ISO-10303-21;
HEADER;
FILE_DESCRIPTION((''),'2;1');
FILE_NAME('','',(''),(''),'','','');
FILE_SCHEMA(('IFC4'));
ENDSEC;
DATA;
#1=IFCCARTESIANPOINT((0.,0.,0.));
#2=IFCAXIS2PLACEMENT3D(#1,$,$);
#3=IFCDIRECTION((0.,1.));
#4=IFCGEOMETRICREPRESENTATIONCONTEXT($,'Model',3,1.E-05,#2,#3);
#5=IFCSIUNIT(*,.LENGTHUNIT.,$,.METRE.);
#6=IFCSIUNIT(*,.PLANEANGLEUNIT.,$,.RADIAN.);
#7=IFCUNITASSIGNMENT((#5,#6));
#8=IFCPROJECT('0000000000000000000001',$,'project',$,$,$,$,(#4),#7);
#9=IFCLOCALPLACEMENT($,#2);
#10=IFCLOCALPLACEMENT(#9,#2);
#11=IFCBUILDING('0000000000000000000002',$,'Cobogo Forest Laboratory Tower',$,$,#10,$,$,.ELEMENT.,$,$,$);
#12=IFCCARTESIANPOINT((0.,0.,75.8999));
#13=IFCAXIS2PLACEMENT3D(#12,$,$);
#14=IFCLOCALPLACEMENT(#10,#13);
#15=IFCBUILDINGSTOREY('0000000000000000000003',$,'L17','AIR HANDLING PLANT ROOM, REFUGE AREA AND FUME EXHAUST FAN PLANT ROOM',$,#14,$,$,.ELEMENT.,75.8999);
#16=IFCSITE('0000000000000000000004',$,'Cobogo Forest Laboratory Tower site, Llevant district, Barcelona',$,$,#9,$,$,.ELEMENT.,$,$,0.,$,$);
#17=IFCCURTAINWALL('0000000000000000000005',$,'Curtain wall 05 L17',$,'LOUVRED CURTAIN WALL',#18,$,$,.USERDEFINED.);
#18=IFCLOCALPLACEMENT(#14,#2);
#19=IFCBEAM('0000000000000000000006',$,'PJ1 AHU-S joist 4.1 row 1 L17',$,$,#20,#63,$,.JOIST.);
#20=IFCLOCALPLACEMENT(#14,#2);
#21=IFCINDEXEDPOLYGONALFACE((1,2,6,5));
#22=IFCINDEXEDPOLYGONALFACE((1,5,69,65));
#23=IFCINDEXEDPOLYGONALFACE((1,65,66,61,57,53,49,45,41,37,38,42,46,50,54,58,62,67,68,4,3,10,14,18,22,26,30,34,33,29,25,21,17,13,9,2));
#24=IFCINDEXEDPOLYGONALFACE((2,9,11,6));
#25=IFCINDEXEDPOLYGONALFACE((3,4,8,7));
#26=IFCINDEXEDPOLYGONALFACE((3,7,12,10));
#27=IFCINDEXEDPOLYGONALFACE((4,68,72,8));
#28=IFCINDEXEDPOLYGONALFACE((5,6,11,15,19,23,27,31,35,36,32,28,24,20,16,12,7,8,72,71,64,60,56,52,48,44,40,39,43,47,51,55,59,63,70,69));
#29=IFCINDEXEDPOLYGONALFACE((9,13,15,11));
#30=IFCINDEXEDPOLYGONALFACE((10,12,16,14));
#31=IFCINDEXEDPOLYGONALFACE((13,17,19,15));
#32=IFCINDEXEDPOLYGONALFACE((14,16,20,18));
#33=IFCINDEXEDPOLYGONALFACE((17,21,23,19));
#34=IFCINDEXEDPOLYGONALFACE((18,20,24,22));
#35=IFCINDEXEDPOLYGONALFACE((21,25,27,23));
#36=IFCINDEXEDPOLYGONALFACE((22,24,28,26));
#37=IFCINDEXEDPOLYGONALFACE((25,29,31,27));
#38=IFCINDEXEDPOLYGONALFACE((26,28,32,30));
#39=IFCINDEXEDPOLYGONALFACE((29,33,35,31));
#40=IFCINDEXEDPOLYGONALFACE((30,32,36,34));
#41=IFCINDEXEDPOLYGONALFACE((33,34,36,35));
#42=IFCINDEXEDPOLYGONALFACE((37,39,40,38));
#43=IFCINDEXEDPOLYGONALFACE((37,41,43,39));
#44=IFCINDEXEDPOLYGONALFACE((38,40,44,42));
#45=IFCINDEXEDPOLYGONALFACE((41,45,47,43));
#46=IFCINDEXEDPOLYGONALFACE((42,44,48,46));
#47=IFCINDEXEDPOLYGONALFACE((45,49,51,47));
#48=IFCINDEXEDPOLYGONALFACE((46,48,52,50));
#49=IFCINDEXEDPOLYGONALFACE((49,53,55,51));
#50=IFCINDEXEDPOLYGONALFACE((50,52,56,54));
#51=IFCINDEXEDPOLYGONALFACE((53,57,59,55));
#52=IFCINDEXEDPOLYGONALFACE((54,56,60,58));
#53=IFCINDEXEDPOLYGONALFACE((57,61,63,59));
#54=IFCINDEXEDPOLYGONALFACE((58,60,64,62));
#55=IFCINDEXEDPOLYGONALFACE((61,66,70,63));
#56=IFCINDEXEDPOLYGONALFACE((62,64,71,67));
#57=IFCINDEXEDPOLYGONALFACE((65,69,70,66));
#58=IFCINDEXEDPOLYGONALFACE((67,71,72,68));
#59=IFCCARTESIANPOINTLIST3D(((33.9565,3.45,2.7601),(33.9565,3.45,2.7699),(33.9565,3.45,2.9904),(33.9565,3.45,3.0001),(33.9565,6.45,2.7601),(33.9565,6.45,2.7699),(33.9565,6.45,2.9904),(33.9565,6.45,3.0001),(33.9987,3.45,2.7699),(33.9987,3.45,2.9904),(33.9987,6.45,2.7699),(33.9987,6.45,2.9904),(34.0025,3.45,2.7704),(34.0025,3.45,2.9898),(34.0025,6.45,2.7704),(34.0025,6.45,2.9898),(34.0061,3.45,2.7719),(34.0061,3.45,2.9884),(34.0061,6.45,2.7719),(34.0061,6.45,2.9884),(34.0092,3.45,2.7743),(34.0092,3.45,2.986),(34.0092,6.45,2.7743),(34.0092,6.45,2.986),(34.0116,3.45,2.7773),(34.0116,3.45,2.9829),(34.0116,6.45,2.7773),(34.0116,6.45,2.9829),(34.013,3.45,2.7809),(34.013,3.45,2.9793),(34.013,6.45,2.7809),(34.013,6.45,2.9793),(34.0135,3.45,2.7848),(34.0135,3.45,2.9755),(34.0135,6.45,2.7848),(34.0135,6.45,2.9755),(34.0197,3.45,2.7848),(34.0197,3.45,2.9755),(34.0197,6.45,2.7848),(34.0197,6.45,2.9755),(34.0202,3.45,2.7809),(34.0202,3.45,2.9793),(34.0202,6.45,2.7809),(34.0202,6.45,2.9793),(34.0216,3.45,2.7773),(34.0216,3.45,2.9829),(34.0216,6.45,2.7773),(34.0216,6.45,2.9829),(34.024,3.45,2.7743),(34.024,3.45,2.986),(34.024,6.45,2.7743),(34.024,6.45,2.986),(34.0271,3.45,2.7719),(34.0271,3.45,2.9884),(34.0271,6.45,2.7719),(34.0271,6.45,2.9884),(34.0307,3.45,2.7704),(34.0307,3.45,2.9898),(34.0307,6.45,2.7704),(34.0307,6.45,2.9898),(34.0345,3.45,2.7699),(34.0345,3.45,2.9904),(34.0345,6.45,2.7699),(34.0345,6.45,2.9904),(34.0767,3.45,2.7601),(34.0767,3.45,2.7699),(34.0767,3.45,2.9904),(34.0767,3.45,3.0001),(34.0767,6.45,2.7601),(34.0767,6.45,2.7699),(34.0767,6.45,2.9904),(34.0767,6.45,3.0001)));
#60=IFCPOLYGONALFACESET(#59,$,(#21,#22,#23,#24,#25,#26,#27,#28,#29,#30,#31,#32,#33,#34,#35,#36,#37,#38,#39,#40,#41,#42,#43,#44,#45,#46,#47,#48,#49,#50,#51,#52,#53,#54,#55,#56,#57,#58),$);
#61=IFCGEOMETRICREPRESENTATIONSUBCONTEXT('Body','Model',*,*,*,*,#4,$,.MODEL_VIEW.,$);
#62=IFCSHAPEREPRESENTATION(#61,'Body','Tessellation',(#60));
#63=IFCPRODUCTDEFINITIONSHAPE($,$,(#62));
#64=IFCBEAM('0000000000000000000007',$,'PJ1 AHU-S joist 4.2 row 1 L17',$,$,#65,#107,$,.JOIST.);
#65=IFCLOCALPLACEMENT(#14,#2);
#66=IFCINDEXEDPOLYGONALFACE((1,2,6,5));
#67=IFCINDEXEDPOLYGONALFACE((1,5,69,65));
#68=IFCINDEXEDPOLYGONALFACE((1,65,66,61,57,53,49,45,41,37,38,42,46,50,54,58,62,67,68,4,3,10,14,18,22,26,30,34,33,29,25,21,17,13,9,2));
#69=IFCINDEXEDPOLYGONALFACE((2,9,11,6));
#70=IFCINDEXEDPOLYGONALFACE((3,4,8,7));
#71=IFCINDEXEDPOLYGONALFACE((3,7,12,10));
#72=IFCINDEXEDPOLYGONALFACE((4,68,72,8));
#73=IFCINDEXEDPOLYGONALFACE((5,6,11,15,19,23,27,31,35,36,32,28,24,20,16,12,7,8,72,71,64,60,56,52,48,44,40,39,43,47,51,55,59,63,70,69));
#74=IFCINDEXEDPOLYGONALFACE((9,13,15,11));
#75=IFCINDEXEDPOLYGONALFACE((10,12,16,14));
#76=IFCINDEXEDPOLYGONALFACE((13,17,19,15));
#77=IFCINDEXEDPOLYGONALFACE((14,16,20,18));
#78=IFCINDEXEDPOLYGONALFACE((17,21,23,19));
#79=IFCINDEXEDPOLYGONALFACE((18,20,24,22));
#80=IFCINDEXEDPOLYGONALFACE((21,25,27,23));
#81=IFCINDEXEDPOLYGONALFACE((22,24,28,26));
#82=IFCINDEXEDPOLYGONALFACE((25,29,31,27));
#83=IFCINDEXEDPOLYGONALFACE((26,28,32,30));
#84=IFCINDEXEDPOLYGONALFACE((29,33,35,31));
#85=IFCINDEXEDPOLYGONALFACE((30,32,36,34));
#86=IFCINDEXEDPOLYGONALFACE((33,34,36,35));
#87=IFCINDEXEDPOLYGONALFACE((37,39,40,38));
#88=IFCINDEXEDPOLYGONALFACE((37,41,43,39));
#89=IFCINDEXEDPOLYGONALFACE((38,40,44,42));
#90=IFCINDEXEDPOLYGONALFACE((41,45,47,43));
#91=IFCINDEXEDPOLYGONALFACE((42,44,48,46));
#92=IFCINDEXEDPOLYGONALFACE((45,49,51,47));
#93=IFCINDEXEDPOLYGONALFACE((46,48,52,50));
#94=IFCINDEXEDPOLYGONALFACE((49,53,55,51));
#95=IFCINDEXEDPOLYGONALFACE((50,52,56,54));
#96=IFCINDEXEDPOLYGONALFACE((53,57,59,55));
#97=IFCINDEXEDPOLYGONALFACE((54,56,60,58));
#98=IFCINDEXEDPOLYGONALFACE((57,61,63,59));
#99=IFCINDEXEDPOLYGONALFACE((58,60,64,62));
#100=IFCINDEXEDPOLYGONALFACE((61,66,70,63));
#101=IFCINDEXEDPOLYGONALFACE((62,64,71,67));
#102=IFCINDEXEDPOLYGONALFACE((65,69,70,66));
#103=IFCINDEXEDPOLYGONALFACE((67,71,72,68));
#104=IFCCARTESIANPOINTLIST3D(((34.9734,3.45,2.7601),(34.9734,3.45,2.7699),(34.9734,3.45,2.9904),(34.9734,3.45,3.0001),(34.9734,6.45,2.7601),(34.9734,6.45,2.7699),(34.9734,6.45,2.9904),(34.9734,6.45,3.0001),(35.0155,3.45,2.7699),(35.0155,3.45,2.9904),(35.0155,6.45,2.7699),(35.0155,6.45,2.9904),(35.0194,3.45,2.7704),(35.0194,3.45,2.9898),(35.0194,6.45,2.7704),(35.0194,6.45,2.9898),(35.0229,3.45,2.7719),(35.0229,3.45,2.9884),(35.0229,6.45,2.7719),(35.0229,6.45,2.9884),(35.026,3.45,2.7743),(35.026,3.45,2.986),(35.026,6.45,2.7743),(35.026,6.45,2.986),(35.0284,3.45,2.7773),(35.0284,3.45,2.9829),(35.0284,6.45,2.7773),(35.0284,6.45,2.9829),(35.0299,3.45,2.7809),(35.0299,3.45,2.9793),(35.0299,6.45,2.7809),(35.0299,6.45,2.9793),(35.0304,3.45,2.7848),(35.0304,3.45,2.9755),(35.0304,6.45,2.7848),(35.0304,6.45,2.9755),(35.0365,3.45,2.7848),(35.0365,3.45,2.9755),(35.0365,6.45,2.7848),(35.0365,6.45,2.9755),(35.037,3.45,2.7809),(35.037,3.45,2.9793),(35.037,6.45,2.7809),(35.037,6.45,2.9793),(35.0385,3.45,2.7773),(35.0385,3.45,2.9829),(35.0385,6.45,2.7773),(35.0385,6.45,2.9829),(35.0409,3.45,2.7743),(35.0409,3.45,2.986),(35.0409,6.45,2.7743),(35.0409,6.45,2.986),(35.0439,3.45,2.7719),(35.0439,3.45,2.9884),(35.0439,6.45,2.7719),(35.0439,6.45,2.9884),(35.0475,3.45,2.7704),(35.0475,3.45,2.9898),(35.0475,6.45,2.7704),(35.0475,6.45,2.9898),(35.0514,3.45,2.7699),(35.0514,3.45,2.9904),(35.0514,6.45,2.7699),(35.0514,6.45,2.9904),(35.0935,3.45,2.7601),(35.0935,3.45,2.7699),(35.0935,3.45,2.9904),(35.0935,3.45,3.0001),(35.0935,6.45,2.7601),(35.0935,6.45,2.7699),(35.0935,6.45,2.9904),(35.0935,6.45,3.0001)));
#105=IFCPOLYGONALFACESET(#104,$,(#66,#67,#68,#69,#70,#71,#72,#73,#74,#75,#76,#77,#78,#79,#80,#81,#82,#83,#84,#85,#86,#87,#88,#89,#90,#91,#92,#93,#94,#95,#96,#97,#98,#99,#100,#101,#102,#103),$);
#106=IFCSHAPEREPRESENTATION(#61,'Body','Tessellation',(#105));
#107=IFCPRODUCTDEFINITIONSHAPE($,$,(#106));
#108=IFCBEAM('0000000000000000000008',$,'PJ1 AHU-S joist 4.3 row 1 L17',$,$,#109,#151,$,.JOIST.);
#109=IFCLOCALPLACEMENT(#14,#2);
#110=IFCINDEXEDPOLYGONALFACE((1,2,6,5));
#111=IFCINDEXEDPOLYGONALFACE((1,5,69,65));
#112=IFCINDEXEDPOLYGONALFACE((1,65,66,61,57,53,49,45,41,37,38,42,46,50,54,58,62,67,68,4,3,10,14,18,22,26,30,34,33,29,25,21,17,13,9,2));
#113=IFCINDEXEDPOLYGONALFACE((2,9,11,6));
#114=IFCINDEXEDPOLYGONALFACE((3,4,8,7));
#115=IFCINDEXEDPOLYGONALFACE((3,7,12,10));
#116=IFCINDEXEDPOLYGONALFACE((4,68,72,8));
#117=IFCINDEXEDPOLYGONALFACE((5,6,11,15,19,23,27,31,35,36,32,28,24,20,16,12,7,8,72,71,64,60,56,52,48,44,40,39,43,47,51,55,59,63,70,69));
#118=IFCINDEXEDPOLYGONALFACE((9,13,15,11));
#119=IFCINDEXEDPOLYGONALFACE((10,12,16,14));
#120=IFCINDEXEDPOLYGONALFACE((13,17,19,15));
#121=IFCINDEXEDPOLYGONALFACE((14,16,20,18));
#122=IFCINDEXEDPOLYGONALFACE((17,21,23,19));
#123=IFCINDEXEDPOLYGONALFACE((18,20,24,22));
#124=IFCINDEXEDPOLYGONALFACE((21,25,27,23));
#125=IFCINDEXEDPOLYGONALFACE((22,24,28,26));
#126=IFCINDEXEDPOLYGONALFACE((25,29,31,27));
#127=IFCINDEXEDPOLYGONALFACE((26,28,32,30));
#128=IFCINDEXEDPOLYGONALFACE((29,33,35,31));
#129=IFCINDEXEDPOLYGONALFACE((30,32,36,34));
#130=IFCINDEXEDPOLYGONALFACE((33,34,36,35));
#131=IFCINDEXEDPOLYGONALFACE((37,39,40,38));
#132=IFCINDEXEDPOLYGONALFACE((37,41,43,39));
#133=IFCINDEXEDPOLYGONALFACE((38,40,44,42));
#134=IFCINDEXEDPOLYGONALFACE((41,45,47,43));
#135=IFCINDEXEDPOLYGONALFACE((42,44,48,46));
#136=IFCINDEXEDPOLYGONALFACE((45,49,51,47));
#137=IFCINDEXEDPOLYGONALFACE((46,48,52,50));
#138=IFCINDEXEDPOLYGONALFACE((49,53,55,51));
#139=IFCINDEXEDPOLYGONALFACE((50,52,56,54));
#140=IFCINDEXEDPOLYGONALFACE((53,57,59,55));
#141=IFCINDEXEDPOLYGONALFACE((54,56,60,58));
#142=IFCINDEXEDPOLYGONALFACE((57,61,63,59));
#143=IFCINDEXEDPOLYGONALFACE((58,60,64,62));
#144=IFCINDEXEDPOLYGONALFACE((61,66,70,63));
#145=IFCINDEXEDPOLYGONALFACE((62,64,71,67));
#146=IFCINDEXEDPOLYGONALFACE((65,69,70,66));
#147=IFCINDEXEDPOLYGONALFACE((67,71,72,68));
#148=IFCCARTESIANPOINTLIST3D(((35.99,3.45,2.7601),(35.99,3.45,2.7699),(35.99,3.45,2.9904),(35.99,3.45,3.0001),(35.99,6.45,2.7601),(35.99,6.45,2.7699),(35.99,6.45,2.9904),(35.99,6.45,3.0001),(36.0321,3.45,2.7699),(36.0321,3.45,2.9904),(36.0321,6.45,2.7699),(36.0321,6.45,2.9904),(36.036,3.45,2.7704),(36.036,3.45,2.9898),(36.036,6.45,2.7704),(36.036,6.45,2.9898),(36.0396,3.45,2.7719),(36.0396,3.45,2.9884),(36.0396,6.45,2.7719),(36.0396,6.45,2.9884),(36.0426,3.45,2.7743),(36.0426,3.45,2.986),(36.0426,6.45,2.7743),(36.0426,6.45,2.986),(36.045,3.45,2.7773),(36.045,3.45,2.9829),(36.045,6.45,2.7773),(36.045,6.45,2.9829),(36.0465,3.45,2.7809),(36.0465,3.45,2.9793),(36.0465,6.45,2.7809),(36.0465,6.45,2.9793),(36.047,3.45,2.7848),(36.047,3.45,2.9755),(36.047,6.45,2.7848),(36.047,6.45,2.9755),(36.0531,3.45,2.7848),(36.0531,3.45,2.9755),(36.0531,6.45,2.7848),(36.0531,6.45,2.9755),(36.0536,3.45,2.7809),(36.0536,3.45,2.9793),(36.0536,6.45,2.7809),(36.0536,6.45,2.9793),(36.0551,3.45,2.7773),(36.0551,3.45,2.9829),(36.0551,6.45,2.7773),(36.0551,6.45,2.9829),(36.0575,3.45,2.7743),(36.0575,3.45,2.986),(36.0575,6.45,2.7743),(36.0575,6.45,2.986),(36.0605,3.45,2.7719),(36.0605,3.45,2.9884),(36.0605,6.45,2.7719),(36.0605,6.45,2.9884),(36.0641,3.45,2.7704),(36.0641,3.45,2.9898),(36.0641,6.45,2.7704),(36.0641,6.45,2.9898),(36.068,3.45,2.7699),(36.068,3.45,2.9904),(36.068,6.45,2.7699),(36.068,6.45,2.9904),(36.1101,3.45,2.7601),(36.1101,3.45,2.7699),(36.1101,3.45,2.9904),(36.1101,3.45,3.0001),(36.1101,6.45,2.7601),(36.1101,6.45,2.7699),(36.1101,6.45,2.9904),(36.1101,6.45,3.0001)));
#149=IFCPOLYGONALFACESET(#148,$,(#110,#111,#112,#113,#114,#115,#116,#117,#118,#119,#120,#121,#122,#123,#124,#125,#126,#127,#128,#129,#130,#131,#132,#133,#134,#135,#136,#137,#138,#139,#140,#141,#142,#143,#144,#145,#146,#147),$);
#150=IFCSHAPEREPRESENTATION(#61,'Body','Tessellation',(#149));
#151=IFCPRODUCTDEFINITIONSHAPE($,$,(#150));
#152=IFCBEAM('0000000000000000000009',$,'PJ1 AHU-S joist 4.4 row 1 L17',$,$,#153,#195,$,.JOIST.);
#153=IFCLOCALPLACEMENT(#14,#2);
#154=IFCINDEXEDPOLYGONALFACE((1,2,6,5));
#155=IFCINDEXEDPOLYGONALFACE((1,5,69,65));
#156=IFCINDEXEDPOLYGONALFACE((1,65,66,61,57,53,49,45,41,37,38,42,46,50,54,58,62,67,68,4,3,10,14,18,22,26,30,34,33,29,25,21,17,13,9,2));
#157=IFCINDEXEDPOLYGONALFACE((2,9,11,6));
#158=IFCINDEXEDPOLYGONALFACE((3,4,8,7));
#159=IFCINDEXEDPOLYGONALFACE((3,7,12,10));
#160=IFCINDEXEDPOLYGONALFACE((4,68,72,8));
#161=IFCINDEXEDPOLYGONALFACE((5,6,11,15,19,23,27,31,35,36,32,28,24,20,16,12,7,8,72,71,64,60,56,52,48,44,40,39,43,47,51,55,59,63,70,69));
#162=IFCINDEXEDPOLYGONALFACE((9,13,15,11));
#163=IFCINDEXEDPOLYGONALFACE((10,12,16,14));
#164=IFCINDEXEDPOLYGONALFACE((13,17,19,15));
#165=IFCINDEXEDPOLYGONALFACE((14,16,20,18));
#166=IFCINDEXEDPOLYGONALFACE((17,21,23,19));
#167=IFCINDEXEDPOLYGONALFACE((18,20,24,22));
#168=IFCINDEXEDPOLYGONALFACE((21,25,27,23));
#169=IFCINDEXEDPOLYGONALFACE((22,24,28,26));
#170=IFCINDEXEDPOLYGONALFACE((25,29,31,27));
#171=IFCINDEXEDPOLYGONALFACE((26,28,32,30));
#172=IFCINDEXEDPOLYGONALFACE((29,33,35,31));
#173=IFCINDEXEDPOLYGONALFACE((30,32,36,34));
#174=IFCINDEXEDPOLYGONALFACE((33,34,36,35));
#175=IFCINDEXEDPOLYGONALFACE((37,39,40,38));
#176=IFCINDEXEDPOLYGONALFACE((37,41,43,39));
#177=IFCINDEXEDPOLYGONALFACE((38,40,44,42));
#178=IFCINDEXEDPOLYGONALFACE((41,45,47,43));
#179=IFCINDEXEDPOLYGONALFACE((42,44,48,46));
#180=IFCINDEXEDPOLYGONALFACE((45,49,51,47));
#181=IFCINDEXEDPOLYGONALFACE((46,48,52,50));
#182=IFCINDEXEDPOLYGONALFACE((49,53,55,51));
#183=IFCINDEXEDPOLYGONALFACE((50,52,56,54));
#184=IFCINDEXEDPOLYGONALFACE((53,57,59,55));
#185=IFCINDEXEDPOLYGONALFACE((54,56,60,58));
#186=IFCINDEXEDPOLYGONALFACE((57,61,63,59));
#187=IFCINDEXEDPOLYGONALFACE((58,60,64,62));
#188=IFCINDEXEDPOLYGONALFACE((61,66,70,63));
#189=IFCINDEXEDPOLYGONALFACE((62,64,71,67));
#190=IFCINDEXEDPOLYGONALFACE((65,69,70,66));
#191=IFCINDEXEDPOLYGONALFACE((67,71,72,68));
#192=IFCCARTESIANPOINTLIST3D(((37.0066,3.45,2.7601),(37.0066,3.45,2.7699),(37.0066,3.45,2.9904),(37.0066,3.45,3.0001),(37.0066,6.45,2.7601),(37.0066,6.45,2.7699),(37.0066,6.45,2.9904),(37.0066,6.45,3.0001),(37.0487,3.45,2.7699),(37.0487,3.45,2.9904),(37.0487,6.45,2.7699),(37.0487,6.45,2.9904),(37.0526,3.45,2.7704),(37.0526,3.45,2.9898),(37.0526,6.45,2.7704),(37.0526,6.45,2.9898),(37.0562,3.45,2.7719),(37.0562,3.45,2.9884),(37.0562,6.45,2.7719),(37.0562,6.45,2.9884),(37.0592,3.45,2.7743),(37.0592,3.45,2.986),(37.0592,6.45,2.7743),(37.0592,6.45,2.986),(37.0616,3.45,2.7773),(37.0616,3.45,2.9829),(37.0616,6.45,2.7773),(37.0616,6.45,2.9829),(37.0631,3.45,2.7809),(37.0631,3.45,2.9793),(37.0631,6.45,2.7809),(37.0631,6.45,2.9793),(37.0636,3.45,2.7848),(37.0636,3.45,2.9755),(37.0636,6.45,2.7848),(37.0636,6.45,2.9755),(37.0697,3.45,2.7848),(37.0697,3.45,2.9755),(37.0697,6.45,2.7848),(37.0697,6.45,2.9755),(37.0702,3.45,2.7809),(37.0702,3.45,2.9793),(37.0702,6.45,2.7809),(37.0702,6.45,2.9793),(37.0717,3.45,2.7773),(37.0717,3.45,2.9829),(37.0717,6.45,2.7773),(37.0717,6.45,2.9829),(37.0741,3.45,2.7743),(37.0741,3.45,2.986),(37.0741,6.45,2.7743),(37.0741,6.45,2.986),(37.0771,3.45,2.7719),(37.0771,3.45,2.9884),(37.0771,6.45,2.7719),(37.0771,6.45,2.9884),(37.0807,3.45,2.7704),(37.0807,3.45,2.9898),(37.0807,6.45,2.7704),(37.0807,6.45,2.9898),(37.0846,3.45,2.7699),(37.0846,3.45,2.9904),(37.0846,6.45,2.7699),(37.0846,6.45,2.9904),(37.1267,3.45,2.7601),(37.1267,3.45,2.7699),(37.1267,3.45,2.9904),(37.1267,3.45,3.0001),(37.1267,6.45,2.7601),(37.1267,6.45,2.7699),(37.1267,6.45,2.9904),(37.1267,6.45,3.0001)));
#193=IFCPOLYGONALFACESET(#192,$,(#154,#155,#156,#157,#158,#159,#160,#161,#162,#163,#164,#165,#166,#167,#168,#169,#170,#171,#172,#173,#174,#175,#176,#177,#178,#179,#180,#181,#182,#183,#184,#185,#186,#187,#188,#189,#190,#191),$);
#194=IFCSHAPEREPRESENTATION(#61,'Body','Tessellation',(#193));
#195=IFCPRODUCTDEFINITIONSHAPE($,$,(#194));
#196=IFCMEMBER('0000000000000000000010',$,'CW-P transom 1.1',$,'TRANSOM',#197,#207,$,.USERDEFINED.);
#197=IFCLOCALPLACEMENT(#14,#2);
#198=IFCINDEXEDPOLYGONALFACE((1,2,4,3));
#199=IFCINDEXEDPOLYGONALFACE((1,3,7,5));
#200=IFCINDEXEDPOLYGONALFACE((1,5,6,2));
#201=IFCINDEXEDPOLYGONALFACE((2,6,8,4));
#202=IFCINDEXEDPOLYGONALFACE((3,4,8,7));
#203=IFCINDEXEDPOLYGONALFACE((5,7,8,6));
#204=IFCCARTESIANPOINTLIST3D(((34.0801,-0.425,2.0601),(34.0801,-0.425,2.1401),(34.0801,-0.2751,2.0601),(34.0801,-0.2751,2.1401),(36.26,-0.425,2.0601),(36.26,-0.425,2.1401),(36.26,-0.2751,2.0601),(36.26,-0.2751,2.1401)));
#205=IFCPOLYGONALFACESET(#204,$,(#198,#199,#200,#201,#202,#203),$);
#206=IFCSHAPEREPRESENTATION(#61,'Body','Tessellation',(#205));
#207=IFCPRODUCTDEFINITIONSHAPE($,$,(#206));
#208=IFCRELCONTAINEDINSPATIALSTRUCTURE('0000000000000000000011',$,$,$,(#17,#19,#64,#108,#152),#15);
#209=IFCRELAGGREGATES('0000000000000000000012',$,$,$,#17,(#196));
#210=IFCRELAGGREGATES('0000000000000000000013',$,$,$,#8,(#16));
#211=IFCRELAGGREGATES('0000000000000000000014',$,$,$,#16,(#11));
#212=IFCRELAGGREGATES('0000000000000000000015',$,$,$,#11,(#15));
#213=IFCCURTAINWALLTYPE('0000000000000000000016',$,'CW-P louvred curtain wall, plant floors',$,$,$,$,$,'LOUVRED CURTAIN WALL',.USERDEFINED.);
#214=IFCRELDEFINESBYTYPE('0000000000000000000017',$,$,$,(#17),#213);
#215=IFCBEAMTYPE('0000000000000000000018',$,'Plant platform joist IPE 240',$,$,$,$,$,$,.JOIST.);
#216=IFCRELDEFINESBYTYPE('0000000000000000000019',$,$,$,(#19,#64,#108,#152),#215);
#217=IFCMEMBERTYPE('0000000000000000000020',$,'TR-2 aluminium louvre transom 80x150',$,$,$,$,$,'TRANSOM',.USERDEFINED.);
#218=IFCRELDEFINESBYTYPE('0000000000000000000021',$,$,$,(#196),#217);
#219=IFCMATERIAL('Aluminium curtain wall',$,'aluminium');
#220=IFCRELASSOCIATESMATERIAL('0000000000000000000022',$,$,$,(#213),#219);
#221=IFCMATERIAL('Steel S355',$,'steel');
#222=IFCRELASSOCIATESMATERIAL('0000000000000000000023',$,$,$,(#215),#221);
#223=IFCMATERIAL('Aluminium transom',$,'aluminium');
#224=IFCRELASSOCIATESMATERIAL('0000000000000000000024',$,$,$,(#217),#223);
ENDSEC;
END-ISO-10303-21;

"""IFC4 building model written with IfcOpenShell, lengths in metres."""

from ifc_helpers import new_model, si_unit, direction, frame, origin, origin_2d, place, context, subcontext, project, spatial, rectangle, i_section, extrude, material, material_profile, profile_set, type_object, element, aggregate, save


model = new_model("IFC4")

# Units and contexts
model_context = context("Model", 3, precision=1e-05, world=origin(), true_north=direction((0.0, 1.0)))
body_context = subcontext(model_context, "Body", "Model", "MODEL_VIEW")
ifc_project = project(units=[si_unit("LENGTHUNIT", "METRE"), si_unit("PLANEANGLEUNIT", "RADIAN")], contexts=[model_context])

# Site, building, storey
site_placement = place(None, origin())
site = spatial("IfcSite", under=ifc_project, at=site_placement, Name="Cobogo Forest Laboratory Tower site, Llevant district, Barcelona", CompositionType="ELEMENT", RefElevation=0.0)
building_placement = place(site_placement, origin())
building = spatial("IfcBuilding", under=site, at=building_placement, Name="Cobogo Forest Laboratory Tower", CompositionType="ELEMENT")
storey_placement = place(building_placement, frame((0.0, 0.0, 75.8999)))
storey = spatial("IfcBuildingStorey", under=building, at=storey_placement, Name="L17", Description="AIR HANDLING PLANT ROOM, REFUGE AREA AND FUME EXHAUST FAN PLANT ROOM", CompositionType="ELEMENT", Elevation=75.8999)

# Curtain wall
ifc_material_1 = material(Name="Aluminium curtain wall", Category="aluminium")
curtain_wall_type = type_object("IfcCurtainWallType", Name="CW-P louvred curtain wall, plant floors", ElementType="LOUVRED CURTAIN WALL", PredefinedType="USERDEFINED", material=ifc_material_1)
curtain_wall_placement = place(storey_placement, origin())
curtain_wall = element("IfcCurtainWall", 1, at=curtain_wall_placement, inside=storey, type_object=curtain_wall_type, Name="Curtain wall 05 L17", ObjectType="LOUVRED CURTAIN WALL", PredefinedType="USERDEFINED")

# Shared definitions
ifc_material_2 = material(Name="Steel S355", Category="steel")

# Beams
ifc_material_profile_1 = material_profile(ifc_material_2, i_section(OverallWidth=0.1201, OverallDepth=0.24, WebThickness=0.0061, FlangeThickness=0.0098, FilletRadius=0.0149, at=origin_2d()), Name="IPE 240")
ifc_profile_set_1 = profile_set([ifc_material_profile_1], Name="Steel S355")
beam_type_1 = type_object("IfcBeamType", Name="Plant platform joist IPE 240", PredefinedType="JOIST", material=ifc_profile_set_1)
for number, where, z_axis, x_axis, name in (
    (2, (34.0166, 3.45, 2.8801), (0.0, 1.0, 0.0), (-1.0, 0.0, 0.0), "PJ1 AHU-S joist 4.1 row 1 L17"),
    (3, (35.0334, 3.45, 2.8801), (0.0, 1.0, 0.0), (-1.0, 0.0, 0.0), "PJ1 AHU-S joist 4.2 row 1 L17"),
    (4, (36.05, 3.45, 2.8801), (0.0, 1.0, 0.0), (-1.0, 0.0, 0.0), "PJ1 AHU-S joist 4.3 row 1 L17"),
    (5, (37.0667, 3.45, 2.8801), (0.0, 1.0, 0.0), (-1.0, 0.0, 0.0), "PJ1 AHU-S joist 4.4 row 1 L17"),
):
    element("IfcBeam", number, at=place(storey_placement, frame(where, z_axis=z_axis, x_axis=x_axis)), inside=storey, type_object=beam_type_1, Name=name, PredefinedType="JOIST", context=body_context, shape_type="SweptSolid", body=[
        extrude(i_section(OverallWidth=0.1201, OverallDepth=0.24, WebThickness=0.0061, FlangeThickness=0.0098, FilletRadius=0.0149, at=origin_2d()), origin(), (0.0, 0.0, 1.0), 3.0),
    ])

# Member
ifc_material_3 = material(Name="Aluminium transom", Category="aluminium")
ifc_material_profile_2 = material_profile(ifc_material_3, rectangle(XDim=0.1499, YDim=0.0801, at=origin_2d()), Name="AL 80x150")
ifc_profile_set_2 = profile_set([ifc_material_profile_2], Name="Aluminium transom")
member_type_1 = type_object("IfcMemberType", Name="TR-2 aluminium louvre transom 80x150", ElementType="TRANSOM", PredefinedType="USERDEFINED", material=ifc_profile_set_2)
member_1_placement = place(storey_placement, frame((34.0801, -0.3501, 2.1001), z_axis=(1.0, 0.0, 0.0), x_axis=(0.0, 1.0, 0.0)))
member_1 = element("IfcMember", 6, at=member_1_placement, type_object=member_type_1, Name="CW-P transom 1.1", ObjectType="TRANSOM", PredefinedType="USERDEFINED", context=body_context, shape_type="SweptSolid", body=[
    extrude(rectangle(XDim=0.1499, YDim=0.0801, at=origin_2d()), origin(), (0.0, 0.0, 1.0), 2.1799),
])

aggregate(curtain_wall, [member_1])

save(model, "model.ifc")
